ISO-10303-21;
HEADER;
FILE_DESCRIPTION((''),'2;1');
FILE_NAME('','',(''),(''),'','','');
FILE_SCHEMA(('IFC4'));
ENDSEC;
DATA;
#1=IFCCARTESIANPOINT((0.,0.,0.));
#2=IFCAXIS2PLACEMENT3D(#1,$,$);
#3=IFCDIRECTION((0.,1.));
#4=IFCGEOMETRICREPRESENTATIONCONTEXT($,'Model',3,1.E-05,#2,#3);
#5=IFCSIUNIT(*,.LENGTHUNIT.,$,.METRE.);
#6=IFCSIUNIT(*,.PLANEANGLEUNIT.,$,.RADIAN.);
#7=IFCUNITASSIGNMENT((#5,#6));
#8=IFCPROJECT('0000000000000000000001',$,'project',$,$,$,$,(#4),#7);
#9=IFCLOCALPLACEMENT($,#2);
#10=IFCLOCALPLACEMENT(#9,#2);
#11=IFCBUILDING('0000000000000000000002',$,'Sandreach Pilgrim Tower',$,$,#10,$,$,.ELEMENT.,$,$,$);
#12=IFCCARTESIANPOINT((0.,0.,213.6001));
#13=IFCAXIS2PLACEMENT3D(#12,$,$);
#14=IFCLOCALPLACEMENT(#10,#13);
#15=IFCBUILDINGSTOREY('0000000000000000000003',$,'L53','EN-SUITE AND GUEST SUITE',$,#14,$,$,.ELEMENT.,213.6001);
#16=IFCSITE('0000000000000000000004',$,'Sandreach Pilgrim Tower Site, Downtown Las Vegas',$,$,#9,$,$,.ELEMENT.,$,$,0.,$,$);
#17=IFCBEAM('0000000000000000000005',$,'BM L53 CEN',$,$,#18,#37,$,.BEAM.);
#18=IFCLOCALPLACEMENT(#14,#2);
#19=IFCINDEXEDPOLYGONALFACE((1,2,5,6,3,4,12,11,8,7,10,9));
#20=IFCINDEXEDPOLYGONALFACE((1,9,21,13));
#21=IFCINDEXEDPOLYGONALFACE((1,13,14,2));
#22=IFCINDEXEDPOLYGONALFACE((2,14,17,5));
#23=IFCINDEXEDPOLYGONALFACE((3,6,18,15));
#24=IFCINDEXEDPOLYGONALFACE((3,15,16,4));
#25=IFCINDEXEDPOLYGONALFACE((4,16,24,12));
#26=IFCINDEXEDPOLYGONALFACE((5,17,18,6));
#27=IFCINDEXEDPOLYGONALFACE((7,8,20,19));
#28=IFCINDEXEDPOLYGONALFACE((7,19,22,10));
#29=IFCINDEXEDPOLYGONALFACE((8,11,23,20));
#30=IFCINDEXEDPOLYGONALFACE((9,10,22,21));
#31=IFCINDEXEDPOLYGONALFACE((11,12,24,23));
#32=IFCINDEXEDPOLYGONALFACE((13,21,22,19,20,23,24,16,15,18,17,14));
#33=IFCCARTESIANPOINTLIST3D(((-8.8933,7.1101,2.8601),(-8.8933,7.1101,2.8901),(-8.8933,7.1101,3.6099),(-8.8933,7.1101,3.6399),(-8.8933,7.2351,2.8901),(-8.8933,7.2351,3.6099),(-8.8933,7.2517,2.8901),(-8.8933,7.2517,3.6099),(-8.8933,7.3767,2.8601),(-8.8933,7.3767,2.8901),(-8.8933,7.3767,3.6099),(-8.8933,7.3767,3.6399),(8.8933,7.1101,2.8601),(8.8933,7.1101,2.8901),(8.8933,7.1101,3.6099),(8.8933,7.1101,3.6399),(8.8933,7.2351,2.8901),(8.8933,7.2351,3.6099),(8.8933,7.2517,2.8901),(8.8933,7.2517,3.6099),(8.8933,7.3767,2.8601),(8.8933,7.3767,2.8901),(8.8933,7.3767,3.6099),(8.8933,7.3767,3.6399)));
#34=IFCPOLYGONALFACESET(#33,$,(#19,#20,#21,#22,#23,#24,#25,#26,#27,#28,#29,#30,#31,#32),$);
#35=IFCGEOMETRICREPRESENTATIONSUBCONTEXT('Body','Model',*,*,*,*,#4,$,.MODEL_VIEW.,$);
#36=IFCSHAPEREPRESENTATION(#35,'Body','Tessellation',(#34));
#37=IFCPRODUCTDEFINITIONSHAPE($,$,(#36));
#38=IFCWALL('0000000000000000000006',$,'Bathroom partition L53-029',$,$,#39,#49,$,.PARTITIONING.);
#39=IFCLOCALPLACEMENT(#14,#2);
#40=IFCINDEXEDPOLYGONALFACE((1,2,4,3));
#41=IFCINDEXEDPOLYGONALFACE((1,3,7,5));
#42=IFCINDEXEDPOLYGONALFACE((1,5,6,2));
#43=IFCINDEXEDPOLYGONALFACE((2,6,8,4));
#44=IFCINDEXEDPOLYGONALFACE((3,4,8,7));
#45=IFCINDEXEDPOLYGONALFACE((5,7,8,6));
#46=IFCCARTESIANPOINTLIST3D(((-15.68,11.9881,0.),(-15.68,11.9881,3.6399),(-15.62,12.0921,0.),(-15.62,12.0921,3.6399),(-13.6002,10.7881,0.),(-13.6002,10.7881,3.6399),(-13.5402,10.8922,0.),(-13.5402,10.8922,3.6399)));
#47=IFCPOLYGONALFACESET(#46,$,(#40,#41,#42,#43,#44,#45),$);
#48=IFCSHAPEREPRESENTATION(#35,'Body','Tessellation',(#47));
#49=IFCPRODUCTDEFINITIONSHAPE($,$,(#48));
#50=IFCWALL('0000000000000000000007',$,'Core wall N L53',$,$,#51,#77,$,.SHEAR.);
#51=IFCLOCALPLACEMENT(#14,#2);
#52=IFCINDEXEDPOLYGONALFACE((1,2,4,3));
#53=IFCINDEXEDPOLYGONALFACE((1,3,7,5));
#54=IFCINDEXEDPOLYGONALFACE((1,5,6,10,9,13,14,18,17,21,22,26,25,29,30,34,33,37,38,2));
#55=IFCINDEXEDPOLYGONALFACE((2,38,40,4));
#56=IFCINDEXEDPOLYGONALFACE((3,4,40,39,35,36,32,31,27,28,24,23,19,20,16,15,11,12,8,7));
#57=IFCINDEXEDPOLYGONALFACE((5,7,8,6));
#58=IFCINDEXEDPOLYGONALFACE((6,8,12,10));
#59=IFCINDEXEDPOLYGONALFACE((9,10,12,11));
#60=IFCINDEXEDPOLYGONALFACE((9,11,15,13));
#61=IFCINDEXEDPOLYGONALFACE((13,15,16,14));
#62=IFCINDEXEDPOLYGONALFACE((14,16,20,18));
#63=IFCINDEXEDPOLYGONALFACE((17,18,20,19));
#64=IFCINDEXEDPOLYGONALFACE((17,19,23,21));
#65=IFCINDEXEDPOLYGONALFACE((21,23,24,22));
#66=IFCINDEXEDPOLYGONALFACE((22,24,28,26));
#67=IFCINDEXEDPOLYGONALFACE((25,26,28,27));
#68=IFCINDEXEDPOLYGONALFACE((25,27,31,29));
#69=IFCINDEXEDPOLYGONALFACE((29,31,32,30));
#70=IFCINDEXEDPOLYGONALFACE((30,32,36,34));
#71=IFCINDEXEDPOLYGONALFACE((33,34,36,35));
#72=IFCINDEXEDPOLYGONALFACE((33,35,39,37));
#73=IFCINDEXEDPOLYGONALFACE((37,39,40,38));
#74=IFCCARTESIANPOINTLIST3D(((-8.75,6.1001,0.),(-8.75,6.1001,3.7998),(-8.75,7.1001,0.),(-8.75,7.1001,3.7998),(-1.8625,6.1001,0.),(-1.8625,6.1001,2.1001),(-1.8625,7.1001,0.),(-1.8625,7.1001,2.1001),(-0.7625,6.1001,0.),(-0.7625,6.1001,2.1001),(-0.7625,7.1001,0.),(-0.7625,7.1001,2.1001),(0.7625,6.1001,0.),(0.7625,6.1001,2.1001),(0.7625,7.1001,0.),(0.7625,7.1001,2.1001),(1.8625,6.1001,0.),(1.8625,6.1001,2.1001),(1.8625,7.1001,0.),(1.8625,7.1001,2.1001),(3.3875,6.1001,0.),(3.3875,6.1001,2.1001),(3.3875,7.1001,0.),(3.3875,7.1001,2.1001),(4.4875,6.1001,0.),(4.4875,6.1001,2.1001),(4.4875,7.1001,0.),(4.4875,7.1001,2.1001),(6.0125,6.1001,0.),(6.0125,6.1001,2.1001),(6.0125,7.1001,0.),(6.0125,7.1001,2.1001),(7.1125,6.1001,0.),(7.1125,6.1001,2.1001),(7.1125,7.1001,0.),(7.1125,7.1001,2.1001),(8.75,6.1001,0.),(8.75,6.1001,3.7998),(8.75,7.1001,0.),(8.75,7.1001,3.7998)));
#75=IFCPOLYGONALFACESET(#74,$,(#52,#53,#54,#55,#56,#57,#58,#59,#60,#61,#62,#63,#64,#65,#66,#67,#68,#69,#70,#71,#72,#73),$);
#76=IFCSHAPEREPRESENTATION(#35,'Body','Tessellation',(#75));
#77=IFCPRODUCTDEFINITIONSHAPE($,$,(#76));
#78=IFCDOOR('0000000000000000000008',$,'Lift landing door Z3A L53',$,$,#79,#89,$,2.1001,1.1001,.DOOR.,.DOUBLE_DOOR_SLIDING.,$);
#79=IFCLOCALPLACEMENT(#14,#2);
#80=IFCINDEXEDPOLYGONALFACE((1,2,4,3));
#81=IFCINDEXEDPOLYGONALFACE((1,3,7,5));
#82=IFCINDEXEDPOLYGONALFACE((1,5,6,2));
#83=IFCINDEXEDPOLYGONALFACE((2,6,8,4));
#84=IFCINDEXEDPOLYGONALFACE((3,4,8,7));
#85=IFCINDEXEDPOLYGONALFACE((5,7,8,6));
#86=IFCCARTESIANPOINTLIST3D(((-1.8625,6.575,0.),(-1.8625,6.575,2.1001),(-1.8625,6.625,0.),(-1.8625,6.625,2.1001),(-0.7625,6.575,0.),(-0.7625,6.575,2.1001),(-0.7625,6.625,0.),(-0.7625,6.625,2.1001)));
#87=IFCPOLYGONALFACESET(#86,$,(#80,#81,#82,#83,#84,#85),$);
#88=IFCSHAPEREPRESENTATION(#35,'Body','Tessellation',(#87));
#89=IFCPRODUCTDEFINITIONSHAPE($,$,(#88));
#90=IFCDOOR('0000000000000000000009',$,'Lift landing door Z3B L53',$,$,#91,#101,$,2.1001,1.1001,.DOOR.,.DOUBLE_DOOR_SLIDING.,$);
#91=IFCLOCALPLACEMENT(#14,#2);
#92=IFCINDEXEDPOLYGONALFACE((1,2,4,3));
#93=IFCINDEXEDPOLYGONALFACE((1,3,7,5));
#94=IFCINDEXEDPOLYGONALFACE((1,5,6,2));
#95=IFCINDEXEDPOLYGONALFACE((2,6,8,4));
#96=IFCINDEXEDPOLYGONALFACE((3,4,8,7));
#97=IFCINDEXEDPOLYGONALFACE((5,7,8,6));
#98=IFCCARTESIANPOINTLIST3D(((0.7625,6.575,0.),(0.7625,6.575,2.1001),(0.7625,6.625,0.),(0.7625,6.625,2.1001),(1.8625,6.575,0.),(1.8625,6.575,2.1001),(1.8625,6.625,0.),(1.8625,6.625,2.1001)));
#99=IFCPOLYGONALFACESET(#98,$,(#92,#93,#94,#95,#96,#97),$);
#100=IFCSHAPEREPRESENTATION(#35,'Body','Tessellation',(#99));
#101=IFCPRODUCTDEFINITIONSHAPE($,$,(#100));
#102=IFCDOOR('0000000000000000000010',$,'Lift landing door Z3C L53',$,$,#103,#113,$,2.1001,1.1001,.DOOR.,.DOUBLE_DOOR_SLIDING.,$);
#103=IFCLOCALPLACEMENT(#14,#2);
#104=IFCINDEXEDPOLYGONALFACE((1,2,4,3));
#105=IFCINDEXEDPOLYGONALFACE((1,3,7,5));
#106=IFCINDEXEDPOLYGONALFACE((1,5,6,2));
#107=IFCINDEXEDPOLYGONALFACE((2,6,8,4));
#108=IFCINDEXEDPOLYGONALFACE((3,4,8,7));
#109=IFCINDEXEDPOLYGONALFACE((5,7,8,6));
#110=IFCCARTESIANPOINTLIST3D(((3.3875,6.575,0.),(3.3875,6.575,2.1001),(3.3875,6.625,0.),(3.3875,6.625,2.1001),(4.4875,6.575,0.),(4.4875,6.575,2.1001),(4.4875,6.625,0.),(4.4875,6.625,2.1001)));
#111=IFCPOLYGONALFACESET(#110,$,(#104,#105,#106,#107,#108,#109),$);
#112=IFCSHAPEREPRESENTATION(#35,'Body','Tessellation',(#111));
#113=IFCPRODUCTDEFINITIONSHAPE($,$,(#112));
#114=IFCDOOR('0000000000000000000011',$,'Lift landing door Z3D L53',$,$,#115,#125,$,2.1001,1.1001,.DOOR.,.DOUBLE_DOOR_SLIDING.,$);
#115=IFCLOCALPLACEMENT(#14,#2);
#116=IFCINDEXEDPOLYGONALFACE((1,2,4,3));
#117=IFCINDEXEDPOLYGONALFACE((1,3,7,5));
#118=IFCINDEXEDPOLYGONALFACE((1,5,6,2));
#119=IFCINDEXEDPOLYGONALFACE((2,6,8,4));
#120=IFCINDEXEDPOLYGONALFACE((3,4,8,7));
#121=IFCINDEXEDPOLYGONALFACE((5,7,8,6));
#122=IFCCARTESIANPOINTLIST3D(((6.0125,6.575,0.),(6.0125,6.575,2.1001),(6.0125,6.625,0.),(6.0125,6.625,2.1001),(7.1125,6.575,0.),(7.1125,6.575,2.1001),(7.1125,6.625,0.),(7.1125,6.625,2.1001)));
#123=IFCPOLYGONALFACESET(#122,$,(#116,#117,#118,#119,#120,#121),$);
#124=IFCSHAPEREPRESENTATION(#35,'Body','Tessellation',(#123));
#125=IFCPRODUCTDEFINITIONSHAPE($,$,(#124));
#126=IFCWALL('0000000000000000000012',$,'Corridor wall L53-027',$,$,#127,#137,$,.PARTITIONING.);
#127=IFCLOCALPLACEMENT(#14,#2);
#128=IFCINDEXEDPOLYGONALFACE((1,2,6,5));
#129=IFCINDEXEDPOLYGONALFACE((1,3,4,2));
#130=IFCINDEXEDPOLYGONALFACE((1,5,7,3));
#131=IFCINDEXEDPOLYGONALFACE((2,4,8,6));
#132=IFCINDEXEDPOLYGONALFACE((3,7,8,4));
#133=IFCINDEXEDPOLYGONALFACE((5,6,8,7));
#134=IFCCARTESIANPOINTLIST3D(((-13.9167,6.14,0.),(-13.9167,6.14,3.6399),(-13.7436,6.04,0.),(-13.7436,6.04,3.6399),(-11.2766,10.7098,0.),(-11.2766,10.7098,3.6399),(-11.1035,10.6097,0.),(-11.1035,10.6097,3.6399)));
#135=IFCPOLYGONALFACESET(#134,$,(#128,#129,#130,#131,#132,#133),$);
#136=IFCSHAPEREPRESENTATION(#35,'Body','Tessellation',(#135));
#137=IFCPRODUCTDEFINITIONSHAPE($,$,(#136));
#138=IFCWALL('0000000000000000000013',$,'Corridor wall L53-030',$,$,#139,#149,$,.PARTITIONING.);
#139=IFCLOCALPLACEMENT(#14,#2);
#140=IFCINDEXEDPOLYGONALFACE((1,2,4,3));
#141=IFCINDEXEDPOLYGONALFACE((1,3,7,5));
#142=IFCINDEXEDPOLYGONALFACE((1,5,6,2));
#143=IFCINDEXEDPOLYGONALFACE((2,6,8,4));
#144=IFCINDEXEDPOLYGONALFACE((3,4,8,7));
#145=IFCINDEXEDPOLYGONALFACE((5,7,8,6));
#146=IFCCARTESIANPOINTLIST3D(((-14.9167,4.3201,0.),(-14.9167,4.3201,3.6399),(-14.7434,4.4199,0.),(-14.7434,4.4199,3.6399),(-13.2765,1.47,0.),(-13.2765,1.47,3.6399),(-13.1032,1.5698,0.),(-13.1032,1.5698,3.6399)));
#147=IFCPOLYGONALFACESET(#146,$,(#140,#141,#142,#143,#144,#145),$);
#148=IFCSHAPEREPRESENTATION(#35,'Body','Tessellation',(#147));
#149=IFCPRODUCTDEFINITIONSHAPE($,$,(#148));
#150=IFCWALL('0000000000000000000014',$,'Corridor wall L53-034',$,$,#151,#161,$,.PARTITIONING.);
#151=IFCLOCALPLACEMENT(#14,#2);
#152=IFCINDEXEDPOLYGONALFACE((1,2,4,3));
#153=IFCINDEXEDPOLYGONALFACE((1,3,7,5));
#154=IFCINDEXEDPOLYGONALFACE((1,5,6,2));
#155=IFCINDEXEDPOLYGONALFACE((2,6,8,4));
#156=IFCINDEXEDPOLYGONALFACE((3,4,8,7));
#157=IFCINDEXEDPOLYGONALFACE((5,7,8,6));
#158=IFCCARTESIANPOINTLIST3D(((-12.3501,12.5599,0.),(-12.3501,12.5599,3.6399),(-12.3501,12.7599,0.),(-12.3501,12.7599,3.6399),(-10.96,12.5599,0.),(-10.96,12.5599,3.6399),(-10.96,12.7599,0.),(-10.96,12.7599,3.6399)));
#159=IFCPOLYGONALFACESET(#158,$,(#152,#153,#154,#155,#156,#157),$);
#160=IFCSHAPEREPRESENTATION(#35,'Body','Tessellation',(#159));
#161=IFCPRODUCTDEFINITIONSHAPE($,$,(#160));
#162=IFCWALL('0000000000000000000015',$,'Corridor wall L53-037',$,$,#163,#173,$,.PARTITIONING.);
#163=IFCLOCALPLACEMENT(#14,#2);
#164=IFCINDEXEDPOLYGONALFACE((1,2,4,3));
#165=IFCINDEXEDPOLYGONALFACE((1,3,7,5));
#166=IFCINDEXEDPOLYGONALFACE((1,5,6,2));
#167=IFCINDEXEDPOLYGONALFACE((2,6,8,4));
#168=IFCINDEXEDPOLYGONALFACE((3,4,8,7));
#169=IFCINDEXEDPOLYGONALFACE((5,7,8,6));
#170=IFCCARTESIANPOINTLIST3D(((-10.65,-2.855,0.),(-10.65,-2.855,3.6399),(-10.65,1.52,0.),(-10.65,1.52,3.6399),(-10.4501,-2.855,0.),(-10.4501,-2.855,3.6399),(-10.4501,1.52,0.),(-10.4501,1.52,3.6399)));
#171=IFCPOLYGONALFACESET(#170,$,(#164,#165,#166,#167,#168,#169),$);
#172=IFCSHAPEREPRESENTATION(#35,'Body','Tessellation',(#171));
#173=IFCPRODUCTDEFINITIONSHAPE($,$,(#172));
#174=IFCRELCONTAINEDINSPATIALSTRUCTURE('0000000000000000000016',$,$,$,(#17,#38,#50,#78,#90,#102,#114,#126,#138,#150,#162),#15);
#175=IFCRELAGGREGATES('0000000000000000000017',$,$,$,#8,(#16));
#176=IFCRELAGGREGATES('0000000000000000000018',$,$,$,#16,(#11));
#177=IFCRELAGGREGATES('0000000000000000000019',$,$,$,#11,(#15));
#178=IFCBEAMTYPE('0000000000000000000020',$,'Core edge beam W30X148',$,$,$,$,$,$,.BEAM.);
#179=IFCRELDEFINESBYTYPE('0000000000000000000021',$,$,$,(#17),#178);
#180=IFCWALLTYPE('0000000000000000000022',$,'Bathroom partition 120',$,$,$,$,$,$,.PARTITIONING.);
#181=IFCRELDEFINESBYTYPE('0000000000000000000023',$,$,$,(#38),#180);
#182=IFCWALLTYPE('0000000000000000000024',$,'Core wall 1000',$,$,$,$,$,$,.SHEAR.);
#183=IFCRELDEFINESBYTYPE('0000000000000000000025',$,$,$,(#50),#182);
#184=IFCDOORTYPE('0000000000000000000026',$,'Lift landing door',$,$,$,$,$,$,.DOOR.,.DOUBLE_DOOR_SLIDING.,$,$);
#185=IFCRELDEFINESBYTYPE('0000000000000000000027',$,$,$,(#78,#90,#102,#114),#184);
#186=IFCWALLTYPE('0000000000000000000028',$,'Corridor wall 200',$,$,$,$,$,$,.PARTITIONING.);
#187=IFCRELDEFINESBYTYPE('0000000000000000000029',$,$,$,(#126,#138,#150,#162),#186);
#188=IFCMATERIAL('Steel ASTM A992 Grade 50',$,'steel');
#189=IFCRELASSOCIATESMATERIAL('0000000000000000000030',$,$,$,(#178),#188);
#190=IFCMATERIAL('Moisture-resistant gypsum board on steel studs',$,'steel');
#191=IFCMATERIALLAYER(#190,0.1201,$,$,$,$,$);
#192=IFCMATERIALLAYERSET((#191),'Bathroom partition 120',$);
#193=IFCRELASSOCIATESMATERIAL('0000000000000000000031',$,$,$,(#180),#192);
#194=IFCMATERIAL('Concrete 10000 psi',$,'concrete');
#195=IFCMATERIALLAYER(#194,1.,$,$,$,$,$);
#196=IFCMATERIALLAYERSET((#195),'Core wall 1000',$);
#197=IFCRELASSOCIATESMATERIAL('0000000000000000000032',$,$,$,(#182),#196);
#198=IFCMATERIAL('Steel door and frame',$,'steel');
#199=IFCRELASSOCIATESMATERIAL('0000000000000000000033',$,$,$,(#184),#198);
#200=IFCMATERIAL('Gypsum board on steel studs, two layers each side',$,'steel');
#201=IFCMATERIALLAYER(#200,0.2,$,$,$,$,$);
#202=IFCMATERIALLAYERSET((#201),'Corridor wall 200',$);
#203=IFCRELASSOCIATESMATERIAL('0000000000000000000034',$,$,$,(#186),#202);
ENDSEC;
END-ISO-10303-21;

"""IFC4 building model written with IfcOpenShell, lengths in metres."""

from ifc_helpers import new_model, si_unit, direction, frame, frame_2d, origin, origin_2d, place, context, subcontext, project, spatial, rectangle, i_section, extrude, material, layer, layer_set, material_profile, profile_set, type_object, element, fill, save


model = new_model("IFC4")

# Units and contexts
model_context = context("Model", 3, precision=1e-05, world=origin(), true_north=direction((0.0, 1.0)))
body_context = subcontext(model_context, "Body", "Model", "MODEL_VIEW")
ifc_project = project(units=[si_unit("LENGTHUNIT", "METRE"), si_unit("PLANEANGLEUNIT", "RADIAN")], contexts=[model_context])

# Site, building, storey
site_placement = place(None, origin())
site = spatial("IfcSite", under=ifc_project, at=site_placement, Name="Sandreach Pilgrim Tower Site, Downtown Las Vegas", CompositionType="ELEMENT", RefElevation=0.0)
building_placement = place(site_placement, origin())
building = spatial("IfcBuilding", under=site, at=building_placement, Name="Sandreach Pilgrim Tower", CompositionType="ELEMENT")
storey_placement = place(building_placement, frame((0.0, 0.0, 213.6001)))
storey = spatial("IfcBuildingStorey", under=building, at=storey_placement, Name="L53", Description="EN-SUITE AND GUEST SUITE", CompositionType="ELEMENT", Elevation=213.6001)

# Beam
ifc_material_1 = material(Name="Steel ASTM A992 Grade 50", Category="steel")
ifc_material_profile = material_profile(ifc_material_1, i_section(OverallWidth=0.2666, OverallDepth=0.7798, WebThickness=0.0166, FlangeThickness=0.03, at=origin_2d()), Name="W30X148")
ifc_profile_set = profile_set([ifc_material_profile], Name="Steel ASTM A992 Grade 50")
beam_type = type_object("IfcBeamType", Name="Core edge beam W30X148", PredefinedType="BEAM", material=ifc_profile_set)
beam_placement = place(storey_placement, frame((-8.8933, 7.2434, 3.25), z_axis=(1.0, 0.0, 0.0), x_axis=(0.0, 1.0, 0.0)))
element("IfcBeam", 1, at=beam_placement, inside=storey, type_object=beam_type, Name="BM L53 CEN", PredefinedType="BEAM", context=body_context, shape_type="SweptSolid", body=[
    extrude(i_section(OverallWidth=0.2666, OverallDepth=0.7798, WebThickness=0.0166, FlangeThickness=0.03, at=origin_2d()), origin(), (0.0, 0.0, 1.0), 17.7866),
])

# Wall
ifc_material_2 = material(Name="Moisture-resistant gypsum board on steel studs", Category="steel")
ifc_layer_1 = layer(ifc_material_2, 0.1201)
ifc_layer_set_1 = layer_set([ifc_layer_1], Name="Bathroom partition 120")
wall_type_1 = type_object("IfcWallType", Name="Bathroom partition 120", PredefinedType="PARTITIONING", material=ifc_layer_set_1)
wall_1_placement = place(storey_placement, frame((-13.5701, 10.8401, 0.0), z_axis=(0.0, 0.0, 1.0), x_axis=(-0.866177, 0.499737, 0.0)))
element("IfcWall", 2, at=wall_1_placement, inside=storey, type_object=wall_type_1, Name="Bathroom partition L53-029", PredefinedType="PARTITIONING", context=body_context, shape_type="SweptSolid", body=[
    extrude(rectangle(XDim=2.4011, YDim=0.1201, at=frame_2d((1.2007, 0.0))), origin(), (0.0, 0.0, 1.0), 3.6399),
])

# Wall, openings, doors
ifc_material_3 = material(Name="Concrete 10000 psi", Category="concrete")
ifc_layer_2 = layer(ifc_material_3, 1.0)
ifc_layer_set_2 = layer_set([ifc_layer_2], Name="Core wall 1000")
wall_type_2 = type_object("IfcWallType", Name="Core wall 1000", PredefinedType="SHEAR", material=ifc_layer_set_2)
wall_2_placement = place(storey_placement, frame((-8.75, 6.6001, 0.0), z_axis=(0.0, 0.0, 1.0), x_axis=(1.0, 0.0, 0.0)))
wall_2 = element("IfcWall", 3, at=wall_2_placement, inside=storey, type_object=wall_type_2, Name="Core wall N L53", PredefinedType="SHEAR", context=body_context, shape_type="SweptSolid", body=[
    extrude(rectangle(XDim=17.5, YDim=1.0, at=frame_2d((8.75, 0.0))), origin(), (0.0, 0.0, 1.0), 3.7998),
])
opening_1_placement = place(wall_2_placement, frame((6.8875, 0.0, 0.0)))
opening_1 = element("IfcOpeningElement", 4, at=opening_1_placement, cuts=wall_2, PredefinedType="OPENING", context=body_context, shape_type="SweptSolid", body=[
    extrude(rectangle(XDim=1.1001, YDim=2.1001, at=frame_2d((0.55, 1.05))), frame((0.0, 0.5, 0.0), z_axis=(0.0, -1.0, 0.0), x_axis=(1.0, 0.0, 0.0)), (0.0, 0.0, 1.0), 1.0),
])
opening_2_placement = place(wall_2_placement, frame((9.5125, 0.0, 0.0)))
opening_2 = element("IfcOpeningElement", 5, at=opening_2_placement, cuts=wall_2, PredefinedType="OPENING", context=body_context, shape_type="SweptSolid", body=[
    extrude(rectangle(XDim=1.1001, YDim=2.1001, at=frame_2d((0.55, 1.05))), frame((0.0, 0.5, 0.0), z_axis=(0.0, -1.0, 0.0), x_axis=(1.0, 0.0, 0.0)), (0.0, 0.0, 1.0), 1.0),
])
opening_3_placement = place(wall_2_placement, frame((12.1375, 0.0, 0.0)))
opening_3 = element("IfcOpeningElement", 6, at=opening_3_placement, cuts=wall_2, PredefinedType="OPENING", context=body_context, shape_type="SweptSolid", body=[
    extrude(rectangle(XDim=1.1001, YDim=2.1001, at=frame_2d((0.55, 1.05))), frame((0.0, 0.5, 0.0), z_axis=(0.0, -1.0, 0.0), x_axis=(1.0, 0.0, 0.0)), (0.0, 0.0, 1.0), 1.0),
])
opening_4_placement = place(wall_2_placement, frame((14.7625, 0.0, 0.0)))
opening_4 = element("IfcOpeningElement", 7, at=opening_4_placement, cuts=wall_2, PredefinedType="OPENING", context=body_context, shape_type="SweptSolid", body=[
    extrude(rectangle(XDim=1.1001, YDim=2.1001, at=frame_2d((0.55, 1.05))), frame((0.0, 0.5, 0.0), z_axis=(0.0, -1.0, 0.0), x_axis=(1.0, 0.0, 0.0)), (0.0, 0.0, 1.0), 1.0),
])
ifc_material_4 = material(Name="Steel door and frame", Category="steel")
door_type_1 = type_object("IfcDoorType", Name="Lift landing door", OperationType="DOUBLE_DOOR_SLIDING", PredefinedType="DOOR", material=ifc_material_4)
door_1_placement = place(opening_1_placement, origin())
door_1 = element("IfcDoor", 8, at=door_1_placement, inside=storey, type_object=door_type_1, Name="Lift landing door Z3A L53", OperationType="DOUBLE_DOOR_SLIDING", OverallHeight=2.1001, OverallWidth=1.1001, PredefinedType="DOOR", context=body_context, shape_type="SweptSolid", body=[
    extrude(rectangle(XDim=1.1001, YDim=2.1001, at=frame_2d((0.55, 1.05))), frame((0.0, 0.0249, 0.0), z_axis=(0.0, -1.0, 0.0), x_axis=(1.0, 0.0, 0.0)), (0.0, 0.0, 1.0), 0.05),
])
fill(opening_1, door_1)
door_2_placement = place(opening_2_placement, origin())
door_2 = element("IfcDoor", 9, at=door_2_placement, inside=storey, type_object=door_type_1, Name="Lift landing door Z3B L53", OperationType="DOUBLE_DOOR_SLIDING", OverallHeight=2.1001, OverallWidth=1.1001, PredefinedType="DOOR", context=body_context, shape_type="SweptSolid", body=[
    extrude(rectangle(XDim=1.1001, YDim=2.1001, at=frame_2d((0.55, 1.05))), frame((0.0, 0.0249, 0.0), z_axis=(0.0, -1.0, 0.0), x_axis=(1.0, 0.0, 0.0)), (0.0, 0.0, 1.0), 0.05),
])
fill(opening_2, door_2)
door_3_placement = place(opening_3_placement, origin())
door_3 = element("IfcDoor", 10, at=door_3_placement, inside=storey, type_object=door_type_1, Name="Lift landing door Z3C L53", OperationType="DOUBLE_DOOR_SLIDING", OverallHeight=2.1001, OverallWidth=1.1001, PredefinedType="DOOR", context=body_context, shape_type="SweptSolid", body=[
    extrude(rectangle(XDim=1.1001, YDim=2.1001, at=frame_2d((0.55, 1.05))), frame((0.0, 0.0249, 0.0), z_axis=(0.0, -1.0, 0.0), x_axis=(1.0, 0.0, 0.0)), (0.0, 0.0, 1.0), 0.05),
])
fill(opening_3, door_3)
door_4_placement = place(opening_4_placement, origin())
door_4 = element("IfcDoor", 11, at=door_4_placement, inside=storey, type_object=door_type_1, Name="Lift landing door Z3D L53", OperationType="DOUBLE_DOOR_SLIDING", OverallHeight=2.1001, OverallWidth=1.1001, PredefinedType="DOOR", context=body_context, shape_type="SweptSolid", body=[
    extrude(rectangle(XDim=1.1001, YDim=2.1001, at=frame_2d((0.55, 1.05))), frame((0.0, 0.0249, 0.0), z_axis=(0.0, -1.0, 0.0), x_axis=(1.0, 0.0, 0.0)), (0.0, 0.0, 1.0), 0.05),
])
fill(opening_4, door_4)

# Shared definitions
ifc_material_5 = material(Name="Gypsum board on steel studs, two layers each side", Category="steel")
ifc_layer_3 = layer(ifc_material_5, 0.2)
ifc_layer_set_3 = layer_set([ifc_layer_3], Name="Corridor wall 200")
wall_type_3 = type_object("IfcWallType", Name="Corridor wall 200", PredefinedType="PARTITIONING", material=ifc_layer_set_3)

# Walls
wall_3_placement = place(storey_placement, frame((-13.8301, 6.0901, 0.0), z_axis=(0.0, 0.0, 1.0), x_axis=(0.500248, 0.865882, 0.0)))
element("IfcWall", 12, at=wall_3_placement, inside=storey, type_object=wall_type_3, Name="Corridor wall L53-027", PredefinedType="PARTITIONING", context=body_context, shape_type="SweptSolid", body=[
    extrude(rectangle(XDim=5.2776, YDim=0.2, at=frame_2d((2.6387, 0.0))), origin(), (0.0, 0.0, 1.0), 3.6399),
])
wall_4_placement = place(storey_placement, frame((-13.1899, 1.52, 0.0), z_axis=(0.0, 0.0, 1.0), x_axis=(-0.498775, 0.866731, 0.0)))
element("IfcWall", 13, at=wall_4_placement, inside=storey, type_object=wall_type_3, Name="Corridor wall L53-030", PredefinedType="PARTITIONING", context=body_context, shape_type="SweptSolid", body=[
    extrude(rectangle(XDim=3.2883, YDim=0.2, at=frame_2d((1.644, 0.0))), origin(), (0.0, 0.0, 1.0), 3.6399),
])

# Walls
wall_5_placement = place(storey_placement, frame((-10.96, 12.6599, 0.0), z_axis=(0.0, 0.0, 1.0), x_axis=(-1.0, 0.0, 0.0)))
element("IfcWall", 14, at=wall_5_placement, inside=storey, type_object=wall_type_3, Name="Corridor wall L53-034", PredefinedType="PARTITIONING", context=body_context, shape_type="SweptSolid", body=[
    extrude(rectangle(XDim=1.3901, YDim=0.2, at=frame_2d((0.6951, 0.0))), origin(), (0.0, 0.0, 1.0), 3.6399),
])
wall_6_placement = place(storey_placement, frame((-10.55, 1.52, 0.0), z_axis=(0.0, 0.0, 1.0), x_axis=(0.0, -1.0, 0.0)))
element("IfcWall", 15, at=wall_6_placement, inside=storey, type_object=wall_type_3, Name="Corridor wall L53-037", PredefinedType="PARTITIONING", context=body_context, shape_type="SweptSolid", body=[
    extrude(rectangle(XDim=4.375, YDim=0.2, at=frame_2d((2.1875, 0.0))), origin(), (0.0, 0.0, 1.0), 3.6399),
])

save(model, "model.ifc")
